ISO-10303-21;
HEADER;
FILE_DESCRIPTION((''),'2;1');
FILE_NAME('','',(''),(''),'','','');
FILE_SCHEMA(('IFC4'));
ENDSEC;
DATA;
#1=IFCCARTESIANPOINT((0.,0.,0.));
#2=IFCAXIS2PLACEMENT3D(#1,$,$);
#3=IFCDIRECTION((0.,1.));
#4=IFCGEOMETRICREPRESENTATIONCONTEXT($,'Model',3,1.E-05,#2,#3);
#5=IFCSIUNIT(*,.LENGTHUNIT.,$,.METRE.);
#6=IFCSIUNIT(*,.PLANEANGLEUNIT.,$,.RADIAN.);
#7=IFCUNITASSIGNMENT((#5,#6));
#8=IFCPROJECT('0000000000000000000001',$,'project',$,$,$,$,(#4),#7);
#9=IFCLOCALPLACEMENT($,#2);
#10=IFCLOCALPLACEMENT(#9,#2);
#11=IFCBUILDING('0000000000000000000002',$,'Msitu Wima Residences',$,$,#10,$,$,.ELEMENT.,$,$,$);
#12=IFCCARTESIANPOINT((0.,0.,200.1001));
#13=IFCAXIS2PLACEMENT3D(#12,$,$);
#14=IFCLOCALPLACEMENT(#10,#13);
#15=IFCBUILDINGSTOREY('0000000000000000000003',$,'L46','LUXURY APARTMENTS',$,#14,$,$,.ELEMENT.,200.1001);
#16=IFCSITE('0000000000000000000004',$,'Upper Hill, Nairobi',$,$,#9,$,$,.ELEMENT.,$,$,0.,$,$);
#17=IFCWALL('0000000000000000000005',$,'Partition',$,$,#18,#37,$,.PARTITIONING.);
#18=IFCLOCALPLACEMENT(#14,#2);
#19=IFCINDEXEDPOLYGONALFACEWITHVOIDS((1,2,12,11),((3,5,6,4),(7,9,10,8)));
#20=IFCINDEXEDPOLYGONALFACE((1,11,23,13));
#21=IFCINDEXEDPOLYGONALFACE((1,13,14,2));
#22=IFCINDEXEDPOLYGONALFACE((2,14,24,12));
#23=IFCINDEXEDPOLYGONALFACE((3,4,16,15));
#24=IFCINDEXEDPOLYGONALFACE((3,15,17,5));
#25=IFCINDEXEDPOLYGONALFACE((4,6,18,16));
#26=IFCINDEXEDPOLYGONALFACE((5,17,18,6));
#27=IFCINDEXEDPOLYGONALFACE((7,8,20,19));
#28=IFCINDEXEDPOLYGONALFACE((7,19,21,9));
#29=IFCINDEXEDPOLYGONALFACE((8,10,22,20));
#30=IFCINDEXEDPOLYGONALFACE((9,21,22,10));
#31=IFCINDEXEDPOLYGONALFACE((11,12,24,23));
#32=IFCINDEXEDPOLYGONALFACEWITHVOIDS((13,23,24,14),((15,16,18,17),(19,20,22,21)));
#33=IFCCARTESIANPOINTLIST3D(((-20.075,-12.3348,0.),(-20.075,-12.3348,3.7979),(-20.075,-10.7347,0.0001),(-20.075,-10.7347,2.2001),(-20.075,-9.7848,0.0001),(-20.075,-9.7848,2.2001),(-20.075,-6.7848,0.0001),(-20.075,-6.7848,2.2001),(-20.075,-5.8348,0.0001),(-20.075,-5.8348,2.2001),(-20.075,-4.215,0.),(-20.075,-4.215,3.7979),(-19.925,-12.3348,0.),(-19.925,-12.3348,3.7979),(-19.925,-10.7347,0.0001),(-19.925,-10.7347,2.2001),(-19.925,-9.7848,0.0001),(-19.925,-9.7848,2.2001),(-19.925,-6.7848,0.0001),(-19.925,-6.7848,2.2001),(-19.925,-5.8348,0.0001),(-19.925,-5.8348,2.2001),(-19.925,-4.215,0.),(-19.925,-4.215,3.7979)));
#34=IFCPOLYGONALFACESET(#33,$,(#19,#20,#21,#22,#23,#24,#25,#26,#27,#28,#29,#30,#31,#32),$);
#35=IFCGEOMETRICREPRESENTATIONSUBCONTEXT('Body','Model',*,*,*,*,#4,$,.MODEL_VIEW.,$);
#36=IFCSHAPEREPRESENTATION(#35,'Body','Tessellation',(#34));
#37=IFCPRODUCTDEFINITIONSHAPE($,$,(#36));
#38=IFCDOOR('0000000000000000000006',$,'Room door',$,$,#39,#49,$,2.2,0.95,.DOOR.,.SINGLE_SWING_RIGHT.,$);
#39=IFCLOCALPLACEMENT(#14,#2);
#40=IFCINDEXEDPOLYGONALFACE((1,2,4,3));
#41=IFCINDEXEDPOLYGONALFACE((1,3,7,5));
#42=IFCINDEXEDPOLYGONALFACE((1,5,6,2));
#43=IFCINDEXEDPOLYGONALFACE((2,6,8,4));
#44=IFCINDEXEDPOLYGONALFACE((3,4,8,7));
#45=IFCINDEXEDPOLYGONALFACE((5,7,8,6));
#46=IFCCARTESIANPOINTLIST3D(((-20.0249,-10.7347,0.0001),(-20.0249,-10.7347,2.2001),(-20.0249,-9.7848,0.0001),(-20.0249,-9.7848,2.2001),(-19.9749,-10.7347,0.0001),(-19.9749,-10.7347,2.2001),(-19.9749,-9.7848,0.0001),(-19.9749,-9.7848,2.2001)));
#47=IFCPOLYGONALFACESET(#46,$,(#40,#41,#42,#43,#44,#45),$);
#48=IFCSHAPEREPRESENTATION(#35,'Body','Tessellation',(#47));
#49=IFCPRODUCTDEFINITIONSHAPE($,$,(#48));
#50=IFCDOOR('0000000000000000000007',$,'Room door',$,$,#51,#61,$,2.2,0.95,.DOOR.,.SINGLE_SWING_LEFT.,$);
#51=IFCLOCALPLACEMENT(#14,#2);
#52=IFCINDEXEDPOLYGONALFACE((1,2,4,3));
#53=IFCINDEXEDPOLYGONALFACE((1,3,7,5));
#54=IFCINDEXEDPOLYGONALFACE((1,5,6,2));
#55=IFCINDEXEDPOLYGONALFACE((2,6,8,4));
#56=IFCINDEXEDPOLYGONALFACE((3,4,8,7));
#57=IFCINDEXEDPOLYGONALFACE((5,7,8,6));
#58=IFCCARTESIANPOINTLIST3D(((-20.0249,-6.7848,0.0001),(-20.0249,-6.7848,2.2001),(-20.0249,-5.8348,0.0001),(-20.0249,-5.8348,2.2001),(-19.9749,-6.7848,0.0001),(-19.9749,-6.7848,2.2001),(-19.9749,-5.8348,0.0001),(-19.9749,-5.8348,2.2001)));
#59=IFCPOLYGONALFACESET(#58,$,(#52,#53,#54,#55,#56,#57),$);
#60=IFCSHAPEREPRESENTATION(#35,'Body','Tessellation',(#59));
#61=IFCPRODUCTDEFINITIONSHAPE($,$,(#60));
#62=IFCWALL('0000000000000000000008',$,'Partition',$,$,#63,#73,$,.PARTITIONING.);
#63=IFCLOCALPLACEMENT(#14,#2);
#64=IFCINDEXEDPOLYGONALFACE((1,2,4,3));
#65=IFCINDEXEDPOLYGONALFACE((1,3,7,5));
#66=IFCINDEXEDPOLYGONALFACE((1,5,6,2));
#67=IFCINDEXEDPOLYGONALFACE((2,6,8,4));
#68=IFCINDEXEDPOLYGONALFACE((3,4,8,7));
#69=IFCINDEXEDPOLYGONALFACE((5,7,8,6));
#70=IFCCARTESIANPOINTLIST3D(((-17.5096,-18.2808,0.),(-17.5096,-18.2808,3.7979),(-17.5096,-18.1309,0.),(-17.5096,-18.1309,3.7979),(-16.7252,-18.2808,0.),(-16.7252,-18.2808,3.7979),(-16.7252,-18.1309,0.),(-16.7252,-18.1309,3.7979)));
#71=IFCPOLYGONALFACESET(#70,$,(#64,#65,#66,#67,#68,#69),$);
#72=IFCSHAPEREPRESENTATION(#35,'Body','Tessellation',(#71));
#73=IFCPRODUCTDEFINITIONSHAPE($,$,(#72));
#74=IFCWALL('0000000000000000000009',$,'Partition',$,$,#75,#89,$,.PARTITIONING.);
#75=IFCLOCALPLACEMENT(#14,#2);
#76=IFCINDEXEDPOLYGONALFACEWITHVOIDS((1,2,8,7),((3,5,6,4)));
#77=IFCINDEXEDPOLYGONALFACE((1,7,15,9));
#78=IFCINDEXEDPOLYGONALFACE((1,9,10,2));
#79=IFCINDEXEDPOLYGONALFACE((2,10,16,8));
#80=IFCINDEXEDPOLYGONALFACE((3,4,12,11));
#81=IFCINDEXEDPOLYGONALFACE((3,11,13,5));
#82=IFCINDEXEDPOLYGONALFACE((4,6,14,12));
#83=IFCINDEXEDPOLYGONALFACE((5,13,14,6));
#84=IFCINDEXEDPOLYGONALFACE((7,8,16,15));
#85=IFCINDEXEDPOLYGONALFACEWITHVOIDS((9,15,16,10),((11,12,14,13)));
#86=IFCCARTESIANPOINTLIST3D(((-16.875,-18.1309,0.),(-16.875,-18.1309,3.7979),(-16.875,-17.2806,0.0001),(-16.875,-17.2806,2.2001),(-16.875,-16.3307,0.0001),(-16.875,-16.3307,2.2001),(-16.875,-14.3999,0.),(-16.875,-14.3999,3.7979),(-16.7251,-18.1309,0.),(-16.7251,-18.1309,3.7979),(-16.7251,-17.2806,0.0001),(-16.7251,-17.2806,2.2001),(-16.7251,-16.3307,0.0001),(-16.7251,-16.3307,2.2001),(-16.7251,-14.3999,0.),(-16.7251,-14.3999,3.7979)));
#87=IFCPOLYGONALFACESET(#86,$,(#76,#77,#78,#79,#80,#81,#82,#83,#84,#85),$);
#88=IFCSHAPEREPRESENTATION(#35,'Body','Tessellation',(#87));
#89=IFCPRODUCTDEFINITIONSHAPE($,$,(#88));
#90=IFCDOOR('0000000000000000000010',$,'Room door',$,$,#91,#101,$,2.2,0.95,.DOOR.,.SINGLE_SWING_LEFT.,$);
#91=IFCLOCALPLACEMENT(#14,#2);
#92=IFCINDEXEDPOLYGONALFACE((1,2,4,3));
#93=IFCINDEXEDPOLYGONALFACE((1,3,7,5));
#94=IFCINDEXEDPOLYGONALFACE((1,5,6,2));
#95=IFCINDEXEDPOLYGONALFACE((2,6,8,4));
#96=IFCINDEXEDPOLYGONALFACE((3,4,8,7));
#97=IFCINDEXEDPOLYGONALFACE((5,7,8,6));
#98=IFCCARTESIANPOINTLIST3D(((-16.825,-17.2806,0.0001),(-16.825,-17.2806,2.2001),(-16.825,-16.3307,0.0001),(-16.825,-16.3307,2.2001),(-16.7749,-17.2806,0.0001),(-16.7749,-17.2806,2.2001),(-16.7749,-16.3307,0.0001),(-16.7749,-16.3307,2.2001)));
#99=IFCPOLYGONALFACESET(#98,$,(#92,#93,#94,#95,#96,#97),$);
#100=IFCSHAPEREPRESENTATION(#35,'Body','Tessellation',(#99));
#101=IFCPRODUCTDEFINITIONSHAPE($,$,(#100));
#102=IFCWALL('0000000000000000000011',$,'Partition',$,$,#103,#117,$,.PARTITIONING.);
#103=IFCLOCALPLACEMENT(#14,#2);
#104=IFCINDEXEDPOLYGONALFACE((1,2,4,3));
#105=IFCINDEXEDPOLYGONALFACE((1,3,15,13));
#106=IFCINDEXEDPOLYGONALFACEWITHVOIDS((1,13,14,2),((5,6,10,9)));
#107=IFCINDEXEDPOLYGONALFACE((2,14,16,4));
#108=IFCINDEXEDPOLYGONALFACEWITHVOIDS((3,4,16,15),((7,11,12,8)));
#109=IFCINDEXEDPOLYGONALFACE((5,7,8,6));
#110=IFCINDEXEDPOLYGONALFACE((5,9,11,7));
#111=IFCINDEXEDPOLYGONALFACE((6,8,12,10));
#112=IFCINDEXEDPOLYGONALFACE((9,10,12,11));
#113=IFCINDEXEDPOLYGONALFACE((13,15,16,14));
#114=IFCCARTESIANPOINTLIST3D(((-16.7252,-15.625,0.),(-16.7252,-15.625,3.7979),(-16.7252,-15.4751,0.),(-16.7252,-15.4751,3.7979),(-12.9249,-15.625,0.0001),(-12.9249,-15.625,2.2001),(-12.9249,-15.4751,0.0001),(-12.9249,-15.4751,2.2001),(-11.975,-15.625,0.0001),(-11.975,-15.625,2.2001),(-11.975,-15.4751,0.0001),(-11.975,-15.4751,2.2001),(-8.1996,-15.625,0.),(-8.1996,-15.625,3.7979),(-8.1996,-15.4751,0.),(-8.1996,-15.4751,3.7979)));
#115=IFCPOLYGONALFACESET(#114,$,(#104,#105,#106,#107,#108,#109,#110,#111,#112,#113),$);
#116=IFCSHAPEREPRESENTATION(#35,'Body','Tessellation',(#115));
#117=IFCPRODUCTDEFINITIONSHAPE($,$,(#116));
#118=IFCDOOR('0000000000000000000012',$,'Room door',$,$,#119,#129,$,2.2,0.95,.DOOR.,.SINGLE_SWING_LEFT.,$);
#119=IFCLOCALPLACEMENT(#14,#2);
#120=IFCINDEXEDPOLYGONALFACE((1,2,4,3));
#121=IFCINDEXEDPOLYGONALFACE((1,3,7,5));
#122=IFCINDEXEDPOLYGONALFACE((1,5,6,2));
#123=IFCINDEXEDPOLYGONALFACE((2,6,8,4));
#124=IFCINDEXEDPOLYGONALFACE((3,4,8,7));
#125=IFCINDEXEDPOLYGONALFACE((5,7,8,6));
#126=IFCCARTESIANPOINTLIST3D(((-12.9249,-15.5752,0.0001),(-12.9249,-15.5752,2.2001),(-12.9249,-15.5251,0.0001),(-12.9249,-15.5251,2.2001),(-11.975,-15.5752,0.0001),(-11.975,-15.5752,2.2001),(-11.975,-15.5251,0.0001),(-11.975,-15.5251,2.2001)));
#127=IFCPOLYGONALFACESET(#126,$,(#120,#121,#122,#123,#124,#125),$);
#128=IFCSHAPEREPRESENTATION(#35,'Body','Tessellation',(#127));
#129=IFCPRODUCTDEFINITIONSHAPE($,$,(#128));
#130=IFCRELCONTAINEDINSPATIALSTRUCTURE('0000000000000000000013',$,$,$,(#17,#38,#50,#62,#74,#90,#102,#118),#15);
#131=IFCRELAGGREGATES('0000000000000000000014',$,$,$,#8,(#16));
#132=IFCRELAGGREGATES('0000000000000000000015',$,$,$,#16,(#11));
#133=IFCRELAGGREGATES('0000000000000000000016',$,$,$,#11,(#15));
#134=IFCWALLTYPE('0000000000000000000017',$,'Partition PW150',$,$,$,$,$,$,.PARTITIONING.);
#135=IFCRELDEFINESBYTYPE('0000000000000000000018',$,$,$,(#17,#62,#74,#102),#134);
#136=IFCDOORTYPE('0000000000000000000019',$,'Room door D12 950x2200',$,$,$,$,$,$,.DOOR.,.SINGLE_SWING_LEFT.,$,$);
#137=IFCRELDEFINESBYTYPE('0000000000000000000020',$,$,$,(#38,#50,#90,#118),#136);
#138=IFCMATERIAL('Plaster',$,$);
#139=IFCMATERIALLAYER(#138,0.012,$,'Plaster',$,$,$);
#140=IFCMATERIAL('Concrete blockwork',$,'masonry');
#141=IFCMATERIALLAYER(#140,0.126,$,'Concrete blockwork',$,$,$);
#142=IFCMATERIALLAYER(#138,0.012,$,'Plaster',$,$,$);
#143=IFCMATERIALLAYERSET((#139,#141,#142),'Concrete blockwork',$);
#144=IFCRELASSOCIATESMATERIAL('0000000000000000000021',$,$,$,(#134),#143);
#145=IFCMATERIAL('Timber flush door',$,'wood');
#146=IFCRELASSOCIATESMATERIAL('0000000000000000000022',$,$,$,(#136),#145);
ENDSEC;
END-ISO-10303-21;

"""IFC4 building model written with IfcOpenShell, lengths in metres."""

from ifc_helpers import new_model, si_unit, direction, frame, frame_2d, origin, place, context, subcontext, project, spatial, rectangle, extrude, material, layer, layer_set, type_object, element, fill, save


model = new_model("IFC4")

# Units and contexts
model_context = context("Model", 3, precision=1e-05, world=origin(), true_north=direction((0.0, 1.0)))
body_context = subcontext(model_context, "Body", "Model", "MODEL_VIEW")
ifc_project = project(units=[si_unit("LENGTHUNIT", "METRE"), si_unit("PLANEANGLEUNIT", "RADIAN")], contexts=[model_context])

# Site, building, storey
site_placement = place(None, origin())
site = spatial("IfcSite", under=ifc_project, at=site_placement, Name="Upper Hill, Nairobi", CompositionType="ELEMENT", RefElevation=0.0)
building_placement = place(site_placement, origin())
building = spatial("IfcBuilding", under=site, at=building_placement, Name="Msitu Wima Residences", CompositionType="ELEMENT")
storey_placement = place(building_placement, frame((0.0, 0.0, 200.1001)))
storey = spatial("IfcBuildingStorey", under=building, at=storey_placement, Name="L46", Description="LUXURY APARTMENTS", CompositionType="ELEMENT", Elevation=200.1001)

# Shared definitions
ifc_material_1 = material(Name="Plaster")
ifc_material_2 = material(Name="Concrete blockwork", Category="masonry")

# Shared definitions
ifc_layer_1 = layer(ifc_material_1, 0.012, Name="Plaster")
ifc_layer_2 = layer(ifc_material_2, 0.126, Name="Concrete blockwork")
ifc_layer_3 = layer(ifc_material_1, 0.012, Name="Plaster")
ifc_layer_set_1 = layer_set([ifc_layer_1, ifc_layer_2, ifc_layer_3], Name="Concrete blockwork")
wall_type_1 = type_object("IfcWallType", Name="Partition PW150", PredefinedType="PARTITIONING", material=ifc_layer_set_1)

# Shared definitions
ifc_material_3 = material(Name="Timber flush door", Category="wood")
door_type_1 = type_object("IfcDoorType", Name="Room door D12 950x2200", OperationType="SINGLE_SWING_LEFT", PredefinedType="DOOR", material=ifc_material_3)

# Wall, openings, doors
wall_1_placement = place(storey_placement, frame((-20.0, -12.335, 0.0), z_axis=(0.0, 0.0, 1.0), x_axis=(0.0, 1.0, 0.0)))
wall_1 = element("IfcWall", 1, at=wall_1_placement, inside=storey, type_object=wall_type_1, Name="Partition", PredefinedType="PARTITIONING", context=body_context, shape_type="SweptSolid", body=[
    extrude(rectangle(XDim=8.1199, YDim=0.1499, at=frame_2d((4.0601, 0.0))), origin(), (0.0, 0.0, 1.0), 3.7979),
])
opening_1_placement = place(wall_1_placement, frame((1.6001, 0.0, 0.0)))
opening_1 = element("IfcOpeningElement", 2, at=opening_1_placement, cuts=wall_1, PredefinedType="OPENING", context=body_context, shape_type="SweptSolid", body=[
    extrude(rectangle(XDim=0.95, YDim=2.2, at=frame_2d((0.4751, 1.1001))), frame((0.0, 0.085, 0.0), z_axis=(0.0, -1.0, 0.0), x_axis=(1.0, 0.0, 0.0)), (0.0, 0.0, 1.0), 0.1699),
])
opening_2_placement = place(wall_1_placement, frame((5.55, 0.0, 0.0)))
opening_2 = element("IfcOpeningElement", 3, at=opening_2_placement, cuts=wall_1, PredefinedType="OPENING", context=body_context, shape_type="SweptSolid", body=[
    extrude(rectangle(XDim=0.95, YDim=2.2, at=frame_2d((0.4751, 1.1001))), frame((0.0, 0.085, 0.0), z_axis=(0.0, -1.0, 0.0), x_axis=(1.0, 0.0, 0.0)), (0.0, 0.0, 1.0), 0.1699),
])
door_1_placement = place(opening_1_placement, origin())
door_1 = element("IfcDoor", 4, at=door_1_placement, inside=storey, type_object=door_type_1, Name="Room door", OperationType="SINGLE_SWING_RIGHT", OverallHeight=2.2, OverallWidth=0.95, PredefinedType="DOOR", context=body_context, shape_type="SweptSolid", body=[
    extrude(rectangle(XDim=0.95, YDim=2.2, at=frame_2d((0.4751, 1.1001))), frame((0.0, 0.0249, 0.0), z_axis=(0.0, -1.0, 0.0), x_axis=(1.0, 0.0, 0.0)), (0.0, 0.0, 1.0), 0.05),
])
fill(opening_1, door_1)
door_2_placement = place(opening_2_placement, origin())
door_2 = element("IfcDoor", 5, at=door_2_placement, inside=storey, type_object=door_type_1, Name="Room door", OperationType="SINGLE_SWING_LEFT", OverallHeight=2.2, OverallWidth=0.95, PredefinedType="DOOR", context=body_context, shape_type="SweptSolid", body=[
    extrude(rectangle(XDim=0.95, YDim=2.2, at=frame_2d((0.4751, 1.1001))), frame((0.0, 0.0249, 0.0), z_axis=(0.0, -1.0, 0.0), x_axis=(1.0, 0.0, 0.0)), (0.0, 0.0, 1.0), 0.05),
])
fill(opening_2, door_2)

# Wall
wall_2_placement = place(storey_placement, frame((-17.5095, -18.2058, 0.0), z_axis=(0.0, 0.0, 1.0), x_axis=(1.0, 0.0, 0.0)))
element("IfcWall", 6, at=wall_2_placement, inside=storey, type_object=wall_type_1, Name="Partition", PredefinedType="PARTITIONING", context=body_context, shape_type="SweptSolid", body=[
    extrude(rectangle(XDim=0.7844, YDim=0.1499, at=frame_2d((0.3921, 0.0))), origin(), (0.0, 0.0, 1.0), 3.7979),
])

# Walls, openings, doors
wall_3_placement = place(storey_placement, frame((-16.8, -18.1309, 0.0), z_axis=(0.0, 0.0, 1.0), x_axis=(0.0, 1.0, 0.0)))
wall_3 = element("IfcWall", 7, at=wall_3_placement, inside=storey, type_object=wall_type_1, Name="Partition", PredefinedType="PARTITIONING", context=body_context, shape_type="SweptSolid", body=[
    extrude(rectangle(XDim=3.731, YDim=0.1499, at=frame_2d((1.8655, 0.0))), origin(), (0.0, 0.0, 1.0), 3.7979),
])
opening_3_placement = place(wall_3_placement, frame((0.8501, 0.0, 0.0)))
opening_3 = element("IfcOpeningElement", 8, at=opening_3_placement, cuts=wall_3, PredefinedType="OPENING", context=body_context, shape_type="SweptSolid", body=[
    extrude(rectangle(XDim=0.95, YDim=2.2, at=frame_2d((0.4751, 1.1001))), frame((0.0, 0.085, 0.0), z_axis=(0.0, -1.0, 0.0), x_axis=(1.0, 0.0, 0.0)), (0.0, 0.0, 1.0), 0.1699),
])
door_3_placement = place(opening_3_placement, origin())
door_3 = element("IfcDoor", 9, at=door_3_placement, inside=storey, type_object=door_type_1, Name="Room door", OperationType="SINGLE_SWING_LEFT", OverallHeight=2.2, OverallWidth=0.95, PredefinedType="DOOR", context=body_context, shape_type="SweptSolid", body=[
    extrude(rectangle(XDim=0.95, YDim=2.2, at=frame_2d((0.4751, 1.1001))), frame((0.0, 0.0249, 0.0), z_axis=(0.0, -1.0, 0.0), x_axis=(1.0, 0.0, 0.0)), (0.0, 0.0, 1.0), 0.05),
])
fill(opening_3, door_3)
wall_4_placement = place(storey_placement, frame((-16.7251, -15.55, 0.0), z_axis=(0.0, 0.0, 1.0), x_axis=(1.0, 0.0, 0.0)))
wall_4 = element("IfcWall", 10, at=wall_4_placement, inside=storey, type_object=wall_type_1, Name="Partition", PredefinedType="PARTITIONING", context=body_context, shape_type="SweptSolid", body=[
    extrude(rectangle(XDim=8.5256, YDim=0.1499, at=frame_2d((4.2627, 0.0))), origin(), (0.0, 0.0, 1.0), 3.7979),
])
opening_4_placement = place(wall_4_placement, frame((3.8, 0.0, 0.0)))
opening_4 = element("IfcOpeningElement", 11, at=opening_4_placement, cuts=wall_4, PredefinedType="OPENING", context=body_context, shape_type="SweptSolid", body=[
    extrude(rectangle(XDim=0.95, YDim=2.2, at=frame_2d((0.4751, 1.1001))), frame((0.0, 0.085, 0.0), z_axis=(0.0, -1.0, 0.0), x_axis=(1.0, 0.0, 0.0)), (0.0, 0.0, 1.0), 0.1699),
])
door_4_placement = place(opening_4_placement, origin())
door_4 = element("IfcDoor", 12, at=door_4_placement, inside=storey, type_object=door_type_1, Name="Room door", OperationType="SINGLE_SWING_LEFT", OverallHeight=2.2, OverallWidth=0.95, PredefinedType="DOOR", context=body_context, shape_type="SweptSolid", body=[
    extrude(rectangle(XDim=0.95, YDim=2.2, at=frame_2d((0.4751, 1.1001))), frame((0.0, 0.0249, 0.0), z_axis=(0.0, -1.0, 0.0), x_axis=(1.0, 0.0, 0.0)), (0.0, 0.0, 1.0), 0.05),
])
fill(opening_4, door_4)

save(model, "model.ifc")
